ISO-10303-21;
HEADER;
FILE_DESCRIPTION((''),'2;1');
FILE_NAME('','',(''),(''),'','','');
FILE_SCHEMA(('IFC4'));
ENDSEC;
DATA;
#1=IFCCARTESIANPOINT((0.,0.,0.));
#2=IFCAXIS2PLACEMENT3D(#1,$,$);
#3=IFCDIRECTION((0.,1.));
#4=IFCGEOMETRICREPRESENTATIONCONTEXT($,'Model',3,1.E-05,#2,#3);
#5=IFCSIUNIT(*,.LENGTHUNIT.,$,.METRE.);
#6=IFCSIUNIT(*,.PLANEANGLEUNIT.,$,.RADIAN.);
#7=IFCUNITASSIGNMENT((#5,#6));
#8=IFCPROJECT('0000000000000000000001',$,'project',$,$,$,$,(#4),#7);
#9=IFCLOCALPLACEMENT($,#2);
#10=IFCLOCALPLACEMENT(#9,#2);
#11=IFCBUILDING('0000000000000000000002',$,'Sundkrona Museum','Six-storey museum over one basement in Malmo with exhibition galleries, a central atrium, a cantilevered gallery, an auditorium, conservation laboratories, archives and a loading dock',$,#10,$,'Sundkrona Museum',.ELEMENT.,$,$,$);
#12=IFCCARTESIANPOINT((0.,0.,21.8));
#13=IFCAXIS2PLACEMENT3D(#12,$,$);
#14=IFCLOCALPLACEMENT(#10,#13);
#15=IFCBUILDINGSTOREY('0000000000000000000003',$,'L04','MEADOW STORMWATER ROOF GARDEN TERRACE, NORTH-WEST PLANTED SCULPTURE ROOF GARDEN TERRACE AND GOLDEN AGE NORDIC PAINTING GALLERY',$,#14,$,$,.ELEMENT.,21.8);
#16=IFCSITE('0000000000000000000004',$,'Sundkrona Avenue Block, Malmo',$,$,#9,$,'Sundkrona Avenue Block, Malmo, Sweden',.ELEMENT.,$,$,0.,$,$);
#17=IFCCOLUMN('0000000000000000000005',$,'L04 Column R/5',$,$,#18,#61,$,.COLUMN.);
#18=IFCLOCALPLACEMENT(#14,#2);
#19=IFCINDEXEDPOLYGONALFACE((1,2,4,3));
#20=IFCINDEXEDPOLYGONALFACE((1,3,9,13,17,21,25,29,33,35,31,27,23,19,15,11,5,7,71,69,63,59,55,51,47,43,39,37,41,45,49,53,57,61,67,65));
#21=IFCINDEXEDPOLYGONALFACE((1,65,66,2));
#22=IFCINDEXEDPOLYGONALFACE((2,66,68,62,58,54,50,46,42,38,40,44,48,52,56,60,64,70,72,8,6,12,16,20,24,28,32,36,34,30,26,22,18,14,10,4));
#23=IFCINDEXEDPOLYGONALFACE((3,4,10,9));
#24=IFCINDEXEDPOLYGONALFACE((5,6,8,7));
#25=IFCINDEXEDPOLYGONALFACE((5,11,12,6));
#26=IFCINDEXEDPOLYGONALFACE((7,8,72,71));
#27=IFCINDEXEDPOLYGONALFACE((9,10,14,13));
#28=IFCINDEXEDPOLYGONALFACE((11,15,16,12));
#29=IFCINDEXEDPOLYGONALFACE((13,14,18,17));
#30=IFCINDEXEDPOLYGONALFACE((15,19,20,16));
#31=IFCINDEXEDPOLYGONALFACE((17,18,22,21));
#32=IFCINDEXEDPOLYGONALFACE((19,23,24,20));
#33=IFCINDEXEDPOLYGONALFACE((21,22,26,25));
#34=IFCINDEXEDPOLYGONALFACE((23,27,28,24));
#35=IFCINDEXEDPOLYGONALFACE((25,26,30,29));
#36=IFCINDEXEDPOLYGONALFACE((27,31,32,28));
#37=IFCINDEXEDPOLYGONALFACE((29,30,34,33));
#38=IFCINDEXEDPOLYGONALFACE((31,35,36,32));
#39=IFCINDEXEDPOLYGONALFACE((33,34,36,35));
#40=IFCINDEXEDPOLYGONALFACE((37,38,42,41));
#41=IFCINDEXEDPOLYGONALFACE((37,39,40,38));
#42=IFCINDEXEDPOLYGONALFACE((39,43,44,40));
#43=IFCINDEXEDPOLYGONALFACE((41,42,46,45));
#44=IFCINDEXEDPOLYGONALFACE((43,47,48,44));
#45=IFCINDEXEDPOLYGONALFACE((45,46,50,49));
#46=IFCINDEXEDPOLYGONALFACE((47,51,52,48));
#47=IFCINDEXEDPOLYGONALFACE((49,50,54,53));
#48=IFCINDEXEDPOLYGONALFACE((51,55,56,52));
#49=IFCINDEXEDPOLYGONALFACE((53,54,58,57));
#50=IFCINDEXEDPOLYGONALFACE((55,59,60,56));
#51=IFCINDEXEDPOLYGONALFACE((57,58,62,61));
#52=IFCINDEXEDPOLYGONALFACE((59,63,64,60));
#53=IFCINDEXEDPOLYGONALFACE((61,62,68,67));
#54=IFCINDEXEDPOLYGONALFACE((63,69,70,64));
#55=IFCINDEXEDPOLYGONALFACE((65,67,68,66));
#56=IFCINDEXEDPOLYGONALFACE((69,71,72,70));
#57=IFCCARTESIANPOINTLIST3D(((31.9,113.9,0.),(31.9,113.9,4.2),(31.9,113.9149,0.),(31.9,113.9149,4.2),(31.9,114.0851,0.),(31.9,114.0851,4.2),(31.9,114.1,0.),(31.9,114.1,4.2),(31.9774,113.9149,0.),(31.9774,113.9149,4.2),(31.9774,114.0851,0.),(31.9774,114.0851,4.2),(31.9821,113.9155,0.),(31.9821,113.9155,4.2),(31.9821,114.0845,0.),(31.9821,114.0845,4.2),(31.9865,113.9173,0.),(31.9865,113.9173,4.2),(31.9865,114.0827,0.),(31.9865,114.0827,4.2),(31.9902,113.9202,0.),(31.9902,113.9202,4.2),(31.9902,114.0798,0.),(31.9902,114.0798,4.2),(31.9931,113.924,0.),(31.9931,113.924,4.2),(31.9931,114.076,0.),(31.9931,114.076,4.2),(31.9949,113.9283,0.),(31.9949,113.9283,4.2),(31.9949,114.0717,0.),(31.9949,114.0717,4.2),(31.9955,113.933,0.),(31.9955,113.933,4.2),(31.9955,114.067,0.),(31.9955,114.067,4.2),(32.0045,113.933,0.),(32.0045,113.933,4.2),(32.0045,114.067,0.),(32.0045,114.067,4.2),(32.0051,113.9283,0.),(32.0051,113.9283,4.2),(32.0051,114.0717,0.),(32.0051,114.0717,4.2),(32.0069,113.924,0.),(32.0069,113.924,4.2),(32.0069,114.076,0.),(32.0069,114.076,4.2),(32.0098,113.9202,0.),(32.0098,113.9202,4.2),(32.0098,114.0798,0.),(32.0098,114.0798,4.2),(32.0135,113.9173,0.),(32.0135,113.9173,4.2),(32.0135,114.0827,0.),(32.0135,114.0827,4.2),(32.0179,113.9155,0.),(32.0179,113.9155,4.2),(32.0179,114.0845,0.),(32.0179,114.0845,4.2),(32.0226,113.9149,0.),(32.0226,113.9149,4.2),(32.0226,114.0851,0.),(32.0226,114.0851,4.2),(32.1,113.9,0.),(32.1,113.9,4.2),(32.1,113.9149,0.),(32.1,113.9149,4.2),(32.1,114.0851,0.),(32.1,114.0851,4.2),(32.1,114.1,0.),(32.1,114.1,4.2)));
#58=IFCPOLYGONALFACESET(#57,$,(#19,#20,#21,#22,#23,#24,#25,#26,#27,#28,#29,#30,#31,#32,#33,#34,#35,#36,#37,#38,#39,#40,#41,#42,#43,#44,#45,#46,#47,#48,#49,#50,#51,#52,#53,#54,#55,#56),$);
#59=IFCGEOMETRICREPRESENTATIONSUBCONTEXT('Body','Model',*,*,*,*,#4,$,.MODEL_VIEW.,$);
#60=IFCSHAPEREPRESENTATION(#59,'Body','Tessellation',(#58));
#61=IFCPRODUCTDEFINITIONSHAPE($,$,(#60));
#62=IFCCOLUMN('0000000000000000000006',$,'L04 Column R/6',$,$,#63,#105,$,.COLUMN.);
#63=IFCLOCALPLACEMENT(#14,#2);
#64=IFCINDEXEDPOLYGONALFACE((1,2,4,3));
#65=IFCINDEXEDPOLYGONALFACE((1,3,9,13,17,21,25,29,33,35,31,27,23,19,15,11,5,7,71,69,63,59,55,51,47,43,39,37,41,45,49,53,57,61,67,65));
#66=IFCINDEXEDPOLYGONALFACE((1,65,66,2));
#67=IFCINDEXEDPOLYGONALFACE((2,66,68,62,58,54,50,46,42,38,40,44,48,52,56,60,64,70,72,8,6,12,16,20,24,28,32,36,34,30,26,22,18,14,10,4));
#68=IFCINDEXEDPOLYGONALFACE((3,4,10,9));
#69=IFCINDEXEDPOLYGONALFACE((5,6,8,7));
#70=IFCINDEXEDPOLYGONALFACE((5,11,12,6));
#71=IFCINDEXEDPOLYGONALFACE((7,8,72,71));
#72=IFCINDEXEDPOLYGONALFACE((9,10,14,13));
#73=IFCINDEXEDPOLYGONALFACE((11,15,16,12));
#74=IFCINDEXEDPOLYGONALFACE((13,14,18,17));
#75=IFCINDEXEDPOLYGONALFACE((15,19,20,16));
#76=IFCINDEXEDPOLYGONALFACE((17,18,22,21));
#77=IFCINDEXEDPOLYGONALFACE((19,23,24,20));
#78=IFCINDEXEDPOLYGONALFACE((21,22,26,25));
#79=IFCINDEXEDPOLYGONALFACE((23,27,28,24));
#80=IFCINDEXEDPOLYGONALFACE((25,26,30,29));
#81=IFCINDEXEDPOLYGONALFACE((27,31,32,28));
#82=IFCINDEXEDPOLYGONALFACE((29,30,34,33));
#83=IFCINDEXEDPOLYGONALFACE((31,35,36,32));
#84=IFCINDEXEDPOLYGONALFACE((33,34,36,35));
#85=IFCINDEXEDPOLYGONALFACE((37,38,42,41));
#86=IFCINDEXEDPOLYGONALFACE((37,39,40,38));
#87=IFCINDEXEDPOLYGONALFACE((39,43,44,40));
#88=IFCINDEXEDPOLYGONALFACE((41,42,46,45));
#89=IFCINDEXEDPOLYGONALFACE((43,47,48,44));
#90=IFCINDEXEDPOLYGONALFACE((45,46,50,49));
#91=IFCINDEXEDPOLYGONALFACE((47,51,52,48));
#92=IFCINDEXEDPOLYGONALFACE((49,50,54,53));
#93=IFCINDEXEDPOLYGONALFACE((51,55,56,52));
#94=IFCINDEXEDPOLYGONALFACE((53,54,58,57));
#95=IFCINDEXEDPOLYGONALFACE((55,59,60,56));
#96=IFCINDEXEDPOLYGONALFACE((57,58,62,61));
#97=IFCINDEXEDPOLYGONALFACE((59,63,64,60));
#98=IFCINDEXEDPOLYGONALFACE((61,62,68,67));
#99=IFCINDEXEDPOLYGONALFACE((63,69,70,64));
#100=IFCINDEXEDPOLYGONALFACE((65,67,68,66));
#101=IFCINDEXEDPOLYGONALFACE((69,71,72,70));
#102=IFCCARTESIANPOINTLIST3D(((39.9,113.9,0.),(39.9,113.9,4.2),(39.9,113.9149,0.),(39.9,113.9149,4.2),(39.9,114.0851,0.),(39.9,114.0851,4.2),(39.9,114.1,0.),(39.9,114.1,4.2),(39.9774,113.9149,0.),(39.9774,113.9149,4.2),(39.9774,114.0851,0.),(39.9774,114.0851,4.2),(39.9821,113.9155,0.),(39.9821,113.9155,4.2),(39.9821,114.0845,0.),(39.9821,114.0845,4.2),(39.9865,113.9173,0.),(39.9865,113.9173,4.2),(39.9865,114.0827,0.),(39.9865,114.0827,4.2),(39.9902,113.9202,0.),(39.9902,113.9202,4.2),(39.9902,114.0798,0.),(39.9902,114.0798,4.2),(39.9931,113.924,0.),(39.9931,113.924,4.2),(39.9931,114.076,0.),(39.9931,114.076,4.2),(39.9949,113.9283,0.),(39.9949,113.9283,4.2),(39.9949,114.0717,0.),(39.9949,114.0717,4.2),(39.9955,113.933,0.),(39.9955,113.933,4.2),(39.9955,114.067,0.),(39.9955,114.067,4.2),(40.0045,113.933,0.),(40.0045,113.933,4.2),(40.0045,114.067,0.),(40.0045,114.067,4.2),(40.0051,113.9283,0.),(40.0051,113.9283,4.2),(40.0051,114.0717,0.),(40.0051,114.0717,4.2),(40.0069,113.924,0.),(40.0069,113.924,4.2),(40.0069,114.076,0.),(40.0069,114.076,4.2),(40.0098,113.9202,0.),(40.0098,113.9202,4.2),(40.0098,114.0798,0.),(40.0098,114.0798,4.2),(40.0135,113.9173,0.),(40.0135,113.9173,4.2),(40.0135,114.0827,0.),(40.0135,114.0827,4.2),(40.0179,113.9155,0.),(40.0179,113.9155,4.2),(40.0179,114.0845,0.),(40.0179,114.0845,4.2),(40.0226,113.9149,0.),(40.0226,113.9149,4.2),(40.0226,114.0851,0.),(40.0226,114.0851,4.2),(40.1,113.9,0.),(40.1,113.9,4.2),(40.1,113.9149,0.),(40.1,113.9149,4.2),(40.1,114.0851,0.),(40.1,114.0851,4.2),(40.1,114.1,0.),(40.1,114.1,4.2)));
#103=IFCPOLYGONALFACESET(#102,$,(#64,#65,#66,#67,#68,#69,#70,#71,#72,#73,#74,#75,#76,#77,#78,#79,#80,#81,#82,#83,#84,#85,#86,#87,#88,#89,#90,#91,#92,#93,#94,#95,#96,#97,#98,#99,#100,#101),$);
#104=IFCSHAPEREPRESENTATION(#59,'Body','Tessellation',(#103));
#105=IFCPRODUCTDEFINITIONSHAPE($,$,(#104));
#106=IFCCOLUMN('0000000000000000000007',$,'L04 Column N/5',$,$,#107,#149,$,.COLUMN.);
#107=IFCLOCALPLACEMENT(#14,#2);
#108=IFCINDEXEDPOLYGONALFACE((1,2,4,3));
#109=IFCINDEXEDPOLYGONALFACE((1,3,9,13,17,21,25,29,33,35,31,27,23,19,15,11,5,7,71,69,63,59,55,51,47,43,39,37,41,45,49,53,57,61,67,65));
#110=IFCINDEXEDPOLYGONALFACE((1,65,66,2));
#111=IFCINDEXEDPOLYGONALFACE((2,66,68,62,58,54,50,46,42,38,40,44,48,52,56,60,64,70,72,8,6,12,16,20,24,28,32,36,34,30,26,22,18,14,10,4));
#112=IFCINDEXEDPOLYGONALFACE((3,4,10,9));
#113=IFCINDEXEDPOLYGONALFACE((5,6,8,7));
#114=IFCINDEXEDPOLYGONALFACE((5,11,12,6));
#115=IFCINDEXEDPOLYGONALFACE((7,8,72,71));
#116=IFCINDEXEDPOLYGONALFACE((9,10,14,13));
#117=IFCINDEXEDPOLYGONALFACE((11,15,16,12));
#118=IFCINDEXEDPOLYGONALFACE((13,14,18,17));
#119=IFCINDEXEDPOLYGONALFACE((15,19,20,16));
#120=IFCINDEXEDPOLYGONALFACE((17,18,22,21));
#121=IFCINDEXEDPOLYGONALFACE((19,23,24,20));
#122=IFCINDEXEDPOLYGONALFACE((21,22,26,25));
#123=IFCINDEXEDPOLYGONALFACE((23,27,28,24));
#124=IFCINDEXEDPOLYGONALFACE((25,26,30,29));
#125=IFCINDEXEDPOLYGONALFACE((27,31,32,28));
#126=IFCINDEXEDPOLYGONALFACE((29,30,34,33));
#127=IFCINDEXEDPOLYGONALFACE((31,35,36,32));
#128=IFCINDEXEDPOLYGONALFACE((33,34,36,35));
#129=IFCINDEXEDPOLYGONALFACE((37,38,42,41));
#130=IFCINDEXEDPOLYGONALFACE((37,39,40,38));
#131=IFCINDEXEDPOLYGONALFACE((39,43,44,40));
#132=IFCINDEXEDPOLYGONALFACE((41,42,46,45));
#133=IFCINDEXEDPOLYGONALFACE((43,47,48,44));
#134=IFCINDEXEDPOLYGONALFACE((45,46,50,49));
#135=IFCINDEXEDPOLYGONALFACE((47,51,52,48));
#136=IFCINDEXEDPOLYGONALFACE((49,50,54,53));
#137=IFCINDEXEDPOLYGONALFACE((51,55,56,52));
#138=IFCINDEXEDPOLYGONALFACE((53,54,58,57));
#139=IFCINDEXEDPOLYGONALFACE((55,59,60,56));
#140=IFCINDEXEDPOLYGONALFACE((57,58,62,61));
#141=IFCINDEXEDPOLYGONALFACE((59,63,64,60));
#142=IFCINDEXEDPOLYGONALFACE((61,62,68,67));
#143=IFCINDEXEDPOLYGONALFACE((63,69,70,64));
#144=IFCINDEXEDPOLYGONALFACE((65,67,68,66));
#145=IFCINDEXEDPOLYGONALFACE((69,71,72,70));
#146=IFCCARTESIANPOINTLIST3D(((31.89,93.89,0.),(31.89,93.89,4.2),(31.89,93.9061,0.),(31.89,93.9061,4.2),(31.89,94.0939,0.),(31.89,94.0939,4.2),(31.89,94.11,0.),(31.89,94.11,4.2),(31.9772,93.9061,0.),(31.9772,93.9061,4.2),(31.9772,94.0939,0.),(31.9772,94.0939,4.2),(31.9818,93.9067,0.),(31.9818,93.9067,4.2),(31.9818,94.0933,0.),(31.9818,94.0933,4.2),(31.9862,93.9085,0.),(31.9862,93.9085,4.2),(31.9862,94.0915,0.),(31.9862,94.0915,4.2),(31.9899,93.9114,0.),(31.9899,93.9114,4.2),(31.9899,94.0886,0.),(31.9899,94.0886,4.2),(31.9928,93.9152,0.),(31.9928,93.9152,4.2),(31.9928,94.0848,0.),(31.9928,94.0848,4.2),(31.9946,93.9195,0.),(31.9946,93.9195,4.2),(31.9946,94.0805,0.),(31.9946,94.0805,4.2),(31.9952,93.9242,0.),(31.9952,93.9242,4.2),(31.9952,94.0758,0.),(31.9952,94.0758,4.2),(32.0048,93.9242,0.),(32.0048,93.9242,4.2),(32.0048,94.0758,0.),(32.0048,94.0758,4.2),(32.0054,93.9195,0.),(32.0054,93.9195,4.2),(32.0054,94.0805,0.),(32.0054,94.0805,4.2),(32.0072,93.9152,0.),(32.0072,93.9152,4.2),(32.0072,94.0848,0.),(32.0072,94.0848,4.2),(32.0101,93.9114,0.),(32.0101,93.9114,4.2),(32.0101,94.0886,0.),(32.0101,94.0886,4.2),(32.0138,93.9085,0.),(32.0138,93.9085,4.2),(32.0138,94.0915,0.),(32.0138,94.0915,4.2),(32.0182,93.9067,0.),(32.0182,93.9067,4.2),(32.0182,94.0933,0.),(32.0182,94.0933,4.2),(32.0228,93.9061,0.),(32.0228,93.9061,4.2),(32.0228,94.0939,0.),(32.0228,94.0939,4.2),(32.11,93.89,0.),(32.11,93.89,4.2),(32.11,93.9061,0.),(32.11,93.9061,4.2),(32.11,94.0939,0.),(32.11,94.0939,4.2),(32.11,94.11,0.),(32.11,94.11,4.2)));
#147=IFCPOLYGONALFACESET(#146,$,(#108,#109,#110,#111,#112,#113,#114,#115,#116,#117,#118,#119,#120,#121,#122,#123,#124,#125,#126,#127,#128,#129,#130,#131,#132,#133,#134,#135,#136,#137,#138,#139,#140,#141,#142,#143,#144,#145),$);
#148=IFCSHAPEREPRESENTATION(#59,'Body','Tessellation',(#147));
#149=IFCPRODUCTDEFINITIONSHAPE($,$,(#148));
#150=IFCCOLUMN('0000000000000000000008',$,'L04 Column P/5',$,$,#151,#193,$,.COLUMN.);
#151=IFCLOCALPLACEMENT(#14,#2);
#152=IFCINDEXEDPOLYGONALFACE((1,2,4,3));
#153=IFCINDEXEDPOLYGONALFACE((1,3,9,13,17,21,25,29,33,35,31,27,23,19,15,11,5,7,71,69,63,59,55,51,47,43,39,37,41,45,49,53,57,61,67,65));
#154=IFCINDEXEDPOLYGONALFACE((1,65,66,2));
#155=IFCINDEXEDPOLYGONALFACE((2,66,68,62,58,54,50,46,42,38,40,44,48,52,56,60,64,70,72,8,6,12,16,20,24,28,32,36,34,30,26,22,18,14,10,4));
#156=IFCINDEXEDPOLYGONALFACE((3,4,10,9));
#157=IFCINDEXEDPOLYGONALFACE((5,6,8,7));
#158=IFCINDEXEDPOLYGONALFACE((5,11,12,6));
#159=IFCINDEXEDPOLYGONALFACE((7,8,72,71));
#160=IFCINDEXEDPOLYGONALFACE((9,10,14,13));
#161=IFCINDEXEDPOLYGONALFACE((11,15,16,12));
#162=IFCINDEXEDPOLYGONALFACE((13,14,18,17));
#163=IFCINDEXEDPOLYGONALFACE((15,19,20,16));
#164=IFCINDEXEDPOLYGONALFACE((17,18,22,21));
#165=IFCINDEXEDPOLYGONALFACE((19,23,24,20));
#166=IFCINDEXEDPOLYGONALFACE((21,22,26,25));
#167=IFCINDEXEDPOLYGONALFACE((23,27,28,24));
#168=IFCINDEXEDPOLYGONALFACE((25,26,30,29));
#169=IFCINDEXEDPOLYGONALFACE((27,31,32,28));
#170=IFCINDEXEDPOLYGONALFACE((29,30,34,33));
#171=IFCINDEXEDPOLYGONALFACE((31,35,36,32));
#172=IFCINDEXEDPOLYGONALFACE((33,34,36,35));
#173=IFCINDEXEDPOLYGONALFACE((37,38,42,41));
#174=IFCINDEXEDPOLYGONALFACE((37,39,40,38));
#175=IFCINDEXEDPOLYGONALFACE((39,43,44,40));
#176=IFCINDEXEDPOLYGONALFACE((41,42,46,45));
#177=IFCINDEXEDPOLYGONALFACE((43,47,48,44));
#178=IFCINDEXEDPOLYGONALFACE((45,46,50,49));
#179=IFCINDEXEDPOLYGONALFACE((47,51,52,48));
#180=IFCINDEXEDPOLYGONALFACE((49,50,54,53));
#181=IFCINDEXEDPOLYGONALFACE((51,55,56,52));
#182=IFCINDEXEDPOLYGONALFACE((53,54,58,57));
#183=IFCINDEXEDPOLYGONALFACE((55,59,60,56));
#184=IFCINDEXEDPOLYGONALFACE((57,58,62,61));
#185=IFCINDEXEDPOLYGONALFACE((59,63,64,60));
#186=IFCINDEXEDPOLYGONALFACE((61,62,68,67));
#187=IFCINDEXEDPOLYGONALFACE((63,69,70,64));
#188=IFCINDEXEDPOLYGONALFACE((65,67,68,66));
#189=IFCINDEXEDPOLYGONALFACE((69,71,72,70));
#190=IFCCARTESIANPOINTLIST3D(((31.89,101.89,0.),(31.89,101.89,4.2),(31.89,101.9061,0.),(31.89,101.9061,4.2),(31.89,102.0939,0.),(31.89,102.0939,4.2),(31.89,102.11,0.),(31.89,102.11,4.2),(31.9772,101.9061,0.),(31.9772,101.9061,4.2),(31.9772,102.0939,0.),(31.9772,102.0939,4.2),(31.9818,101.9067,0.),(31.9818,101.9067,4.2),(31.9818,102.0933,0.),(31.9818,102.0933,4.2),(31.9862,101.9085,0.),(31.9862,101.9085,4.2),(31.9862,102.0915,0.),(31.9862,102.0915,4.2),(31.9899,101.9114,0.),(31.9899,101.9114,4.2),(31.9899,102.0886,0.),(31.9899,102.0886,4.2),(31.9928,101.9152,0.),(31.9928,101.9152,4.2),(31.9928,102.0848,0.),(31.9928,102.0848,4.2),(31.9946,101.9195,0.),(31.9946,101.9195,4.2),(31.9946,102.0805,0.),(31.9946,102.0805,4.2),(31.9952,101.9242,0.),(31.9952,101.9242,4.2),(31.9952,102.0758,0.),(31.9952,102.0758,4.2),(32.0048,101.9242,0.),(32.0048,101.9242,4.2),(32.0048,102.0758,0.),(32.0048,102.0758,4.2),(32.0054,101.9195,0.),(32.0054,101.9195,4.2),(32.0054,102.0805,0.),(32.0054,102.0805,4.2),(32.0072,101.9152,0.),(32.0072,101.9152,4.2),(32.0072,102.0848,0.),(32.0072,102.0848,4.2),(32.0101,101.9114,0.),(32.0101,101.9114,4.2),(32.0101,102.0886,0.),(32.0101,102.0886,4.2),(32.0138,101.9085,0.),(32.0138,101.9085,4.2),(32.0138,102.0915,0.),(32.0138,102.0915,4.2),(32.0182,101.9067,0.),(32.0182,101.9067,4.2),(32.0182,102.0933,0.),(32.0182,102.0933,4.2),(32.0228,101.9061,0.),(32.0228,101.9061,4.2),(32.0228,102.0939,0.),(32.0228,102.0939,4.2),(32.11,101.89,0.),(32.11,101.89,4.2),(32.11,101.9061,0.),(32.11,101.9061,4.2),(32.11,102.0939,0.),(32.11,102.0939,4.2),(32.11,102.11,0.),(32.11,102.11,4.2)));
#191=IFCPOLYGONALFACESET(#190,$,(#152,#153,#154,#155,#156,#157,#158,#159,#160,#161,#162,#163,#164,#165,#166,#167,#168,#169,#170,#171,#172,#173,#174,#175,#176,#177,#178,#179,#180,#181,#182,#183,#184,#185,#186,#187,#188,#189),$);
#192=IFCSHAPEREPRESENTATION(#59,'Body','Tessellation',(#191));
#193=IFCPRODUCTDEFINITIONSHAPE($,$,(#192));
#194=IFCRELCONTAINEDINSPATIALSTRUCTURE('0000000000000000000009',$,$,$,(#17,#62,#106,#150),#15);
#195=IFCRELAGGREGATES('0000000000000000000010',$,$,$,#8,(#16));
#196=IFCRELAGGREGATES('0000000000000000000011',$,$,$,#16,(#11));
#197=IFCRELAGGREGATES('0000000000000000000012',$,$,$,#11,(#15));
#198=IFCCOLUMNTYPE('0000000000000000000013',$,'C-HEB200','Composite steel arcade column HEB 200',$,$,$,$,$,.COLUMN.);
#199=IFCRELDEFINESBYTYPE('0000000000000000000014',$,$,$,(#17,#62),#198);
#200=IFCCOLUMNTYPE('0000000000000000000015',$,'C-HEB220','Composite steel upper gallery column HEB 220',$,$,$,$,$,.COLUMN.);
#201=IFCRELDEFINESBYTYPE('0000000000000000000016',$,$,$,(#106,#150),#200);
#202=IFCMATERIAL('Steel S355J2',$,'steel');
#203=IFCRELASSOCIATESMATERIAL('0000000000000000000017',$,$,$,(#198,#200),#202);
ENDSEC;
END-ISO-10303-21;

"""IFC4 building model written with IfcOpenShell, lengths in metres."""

from ifc_helpers import new_model, si_unit, direction, frame, origin, origin_2d, place, context, subcontext, project, spatial, i_section, extrude, material, material_profile, profile_set, type_object, element, save


model = new_model("IFC4")

# Units and contexts
model_context = context("Model", 3, precision=1e-05, world=origin(), true_north=direction((0.0, 1.0)))
body_context = subcontext(model_context, "Body", "Model", "MODEL_VIEW")
ifc_project = project(units=[si_unit("LENGTHUNIT", "METRE"), si_unit("PLANEANGLEUNIT", "RADIAN")], contexts=[model_context])

# Site, building, storey
site_placement = place(None, origin())
site = spatial("IfcSite", under=ifc_project, at=site_placement, Name="Sundkrona Avenue Block, Malmo", LongName="Sundkrona Avenue Block, Malmo, Sweden", CompositionType="ELEMENT", RefElevation=0.0)
building_placement = place(site_placement, origin())
building = spatial("IfcBuilding", under=site, at=building_placement, Name="Sundkrona Museum", Description="Six-storey museum over one basement in Malmo with exhibition galleries, a central atrium, a cantilevered gallery, an auditorium, conservation laboratories, archives and a loading dock", LongName="Sundkrona Museum", CompositionType="ELEMENT")
storey_placement = place(building_placement, frame((0.0, 0.0, 21.8)))
storey = spatial("IfcBuildingStorey", under=building, at=storey_placement, Name="L04", Description="MEADOW STORMWATER ROOF GARDEN TERRACE, NORTH-WEST PLANTED SCULPTURE ROOF GARDEN TERRACE AND GOLDEN AGE NORDIC PAINTING GALLERY", CompositionType="ELEMENT", Elevation=21.8)

# Columns
ifc_material_1 = material(Name="Steel S355J2", Category="steel")
ifc_material_profile_1 = material_profile(ifc_material_1, i_section(OverallWidth=0.2, OverallDepth=0.2, WebThickness=0.009, FlangeThickness=0.0149, FilletRadius=0.0181, at=origin_2d()), Name="HEB 200")
ifc_profile_set_1 = profile_set([ifc_material_profile_1], Name="Steel S355J2")
column_type_1 = type_object("IfcColumnType", Name="C-HEB200", Description="Composite steel arcade column HEB 200", PredefinedType="COLUMN", material=ifc_profile_set_1)
for number, where, z_axis, x_axis, name in (
    (1, (32.0, 114.0, 0.0), (0.0, 0.0, 1.0), (1.0, 0.0, 0.0), "L04 Column R/5"),
    (2, (40.0, 114.0, 0.0), (0.0, 0.0, 1.0), (1.0, 0.0, 0.0), "L04 Column R/6"),
):
    element("IfcColumn", number, at=place(storey_placement, frame(where, z_axis=z_axis, x_axis=x_axis)), inside=storey, type_object=column_type_1, Name=name, PredefinedType="COLUMN", context=body_context, shape_type="SweptSolid", body=[
        extrude(i_section(OverallWidth=0.2, OverallDepth=0.2, WebThickness=0.009, FlangeThickness=0.0149, FilletRadius=0.0181, at=origin_2d()), origin(), (0.0, 0.0, 1.0), 4.2),
    ])
ifc_material_profile_2 = material_profile(ifc_material_1, i_section(OverallWidth=0.22, OverallDepth=0.22, WebThickness=0.0095, FlangeThickness=0.0161, FilletRadius=0.0181, at=origin_2d()), Name="HEB 220")
ifc_profile_set_2 = profile_set([ifc_material_profile_2], Name="Steel S355J2")
column_type_2 = type_object("IfcColumnType", Name="C-HEB220", Description="Composite steel upper gallery column HEB 220", PredefinedType="COLUMN", material=ifc_profile_set_2)
for number, where, z_axis, x_axis, name in (
    (3, (32.0, 94.0, 0.0), (0.0, 0.0, 1.0), (1.0, 0.0, 0.0), "L04 Column N/5"),
    (4, (32.0, 102.0, 0.0), (0.0, 0.0, 1.0), (1.0, 0.0, 0.0), "L04 Column P/5"),
):
    element("IfcColumn", number, at=place(storey_placement, frame(where, z_axis=z_axis, x_axis=x_axis)), inside=storey, type_object=column_type_2, Name=name, PredefinedType="COLUMN", context=body_context, shape_type="SweptSolid", body=[
        extrude(i_section(OverallWidth=0.22, OverallDepth=0.22, WebThickness=0.0095, FlangeThickness=0.0161, FilletRadius=0.0181, at=origin_2d()), origin(), (0.0, 0.0, 1.0), 4.2),
    ])

save(model, "model.ifc")
